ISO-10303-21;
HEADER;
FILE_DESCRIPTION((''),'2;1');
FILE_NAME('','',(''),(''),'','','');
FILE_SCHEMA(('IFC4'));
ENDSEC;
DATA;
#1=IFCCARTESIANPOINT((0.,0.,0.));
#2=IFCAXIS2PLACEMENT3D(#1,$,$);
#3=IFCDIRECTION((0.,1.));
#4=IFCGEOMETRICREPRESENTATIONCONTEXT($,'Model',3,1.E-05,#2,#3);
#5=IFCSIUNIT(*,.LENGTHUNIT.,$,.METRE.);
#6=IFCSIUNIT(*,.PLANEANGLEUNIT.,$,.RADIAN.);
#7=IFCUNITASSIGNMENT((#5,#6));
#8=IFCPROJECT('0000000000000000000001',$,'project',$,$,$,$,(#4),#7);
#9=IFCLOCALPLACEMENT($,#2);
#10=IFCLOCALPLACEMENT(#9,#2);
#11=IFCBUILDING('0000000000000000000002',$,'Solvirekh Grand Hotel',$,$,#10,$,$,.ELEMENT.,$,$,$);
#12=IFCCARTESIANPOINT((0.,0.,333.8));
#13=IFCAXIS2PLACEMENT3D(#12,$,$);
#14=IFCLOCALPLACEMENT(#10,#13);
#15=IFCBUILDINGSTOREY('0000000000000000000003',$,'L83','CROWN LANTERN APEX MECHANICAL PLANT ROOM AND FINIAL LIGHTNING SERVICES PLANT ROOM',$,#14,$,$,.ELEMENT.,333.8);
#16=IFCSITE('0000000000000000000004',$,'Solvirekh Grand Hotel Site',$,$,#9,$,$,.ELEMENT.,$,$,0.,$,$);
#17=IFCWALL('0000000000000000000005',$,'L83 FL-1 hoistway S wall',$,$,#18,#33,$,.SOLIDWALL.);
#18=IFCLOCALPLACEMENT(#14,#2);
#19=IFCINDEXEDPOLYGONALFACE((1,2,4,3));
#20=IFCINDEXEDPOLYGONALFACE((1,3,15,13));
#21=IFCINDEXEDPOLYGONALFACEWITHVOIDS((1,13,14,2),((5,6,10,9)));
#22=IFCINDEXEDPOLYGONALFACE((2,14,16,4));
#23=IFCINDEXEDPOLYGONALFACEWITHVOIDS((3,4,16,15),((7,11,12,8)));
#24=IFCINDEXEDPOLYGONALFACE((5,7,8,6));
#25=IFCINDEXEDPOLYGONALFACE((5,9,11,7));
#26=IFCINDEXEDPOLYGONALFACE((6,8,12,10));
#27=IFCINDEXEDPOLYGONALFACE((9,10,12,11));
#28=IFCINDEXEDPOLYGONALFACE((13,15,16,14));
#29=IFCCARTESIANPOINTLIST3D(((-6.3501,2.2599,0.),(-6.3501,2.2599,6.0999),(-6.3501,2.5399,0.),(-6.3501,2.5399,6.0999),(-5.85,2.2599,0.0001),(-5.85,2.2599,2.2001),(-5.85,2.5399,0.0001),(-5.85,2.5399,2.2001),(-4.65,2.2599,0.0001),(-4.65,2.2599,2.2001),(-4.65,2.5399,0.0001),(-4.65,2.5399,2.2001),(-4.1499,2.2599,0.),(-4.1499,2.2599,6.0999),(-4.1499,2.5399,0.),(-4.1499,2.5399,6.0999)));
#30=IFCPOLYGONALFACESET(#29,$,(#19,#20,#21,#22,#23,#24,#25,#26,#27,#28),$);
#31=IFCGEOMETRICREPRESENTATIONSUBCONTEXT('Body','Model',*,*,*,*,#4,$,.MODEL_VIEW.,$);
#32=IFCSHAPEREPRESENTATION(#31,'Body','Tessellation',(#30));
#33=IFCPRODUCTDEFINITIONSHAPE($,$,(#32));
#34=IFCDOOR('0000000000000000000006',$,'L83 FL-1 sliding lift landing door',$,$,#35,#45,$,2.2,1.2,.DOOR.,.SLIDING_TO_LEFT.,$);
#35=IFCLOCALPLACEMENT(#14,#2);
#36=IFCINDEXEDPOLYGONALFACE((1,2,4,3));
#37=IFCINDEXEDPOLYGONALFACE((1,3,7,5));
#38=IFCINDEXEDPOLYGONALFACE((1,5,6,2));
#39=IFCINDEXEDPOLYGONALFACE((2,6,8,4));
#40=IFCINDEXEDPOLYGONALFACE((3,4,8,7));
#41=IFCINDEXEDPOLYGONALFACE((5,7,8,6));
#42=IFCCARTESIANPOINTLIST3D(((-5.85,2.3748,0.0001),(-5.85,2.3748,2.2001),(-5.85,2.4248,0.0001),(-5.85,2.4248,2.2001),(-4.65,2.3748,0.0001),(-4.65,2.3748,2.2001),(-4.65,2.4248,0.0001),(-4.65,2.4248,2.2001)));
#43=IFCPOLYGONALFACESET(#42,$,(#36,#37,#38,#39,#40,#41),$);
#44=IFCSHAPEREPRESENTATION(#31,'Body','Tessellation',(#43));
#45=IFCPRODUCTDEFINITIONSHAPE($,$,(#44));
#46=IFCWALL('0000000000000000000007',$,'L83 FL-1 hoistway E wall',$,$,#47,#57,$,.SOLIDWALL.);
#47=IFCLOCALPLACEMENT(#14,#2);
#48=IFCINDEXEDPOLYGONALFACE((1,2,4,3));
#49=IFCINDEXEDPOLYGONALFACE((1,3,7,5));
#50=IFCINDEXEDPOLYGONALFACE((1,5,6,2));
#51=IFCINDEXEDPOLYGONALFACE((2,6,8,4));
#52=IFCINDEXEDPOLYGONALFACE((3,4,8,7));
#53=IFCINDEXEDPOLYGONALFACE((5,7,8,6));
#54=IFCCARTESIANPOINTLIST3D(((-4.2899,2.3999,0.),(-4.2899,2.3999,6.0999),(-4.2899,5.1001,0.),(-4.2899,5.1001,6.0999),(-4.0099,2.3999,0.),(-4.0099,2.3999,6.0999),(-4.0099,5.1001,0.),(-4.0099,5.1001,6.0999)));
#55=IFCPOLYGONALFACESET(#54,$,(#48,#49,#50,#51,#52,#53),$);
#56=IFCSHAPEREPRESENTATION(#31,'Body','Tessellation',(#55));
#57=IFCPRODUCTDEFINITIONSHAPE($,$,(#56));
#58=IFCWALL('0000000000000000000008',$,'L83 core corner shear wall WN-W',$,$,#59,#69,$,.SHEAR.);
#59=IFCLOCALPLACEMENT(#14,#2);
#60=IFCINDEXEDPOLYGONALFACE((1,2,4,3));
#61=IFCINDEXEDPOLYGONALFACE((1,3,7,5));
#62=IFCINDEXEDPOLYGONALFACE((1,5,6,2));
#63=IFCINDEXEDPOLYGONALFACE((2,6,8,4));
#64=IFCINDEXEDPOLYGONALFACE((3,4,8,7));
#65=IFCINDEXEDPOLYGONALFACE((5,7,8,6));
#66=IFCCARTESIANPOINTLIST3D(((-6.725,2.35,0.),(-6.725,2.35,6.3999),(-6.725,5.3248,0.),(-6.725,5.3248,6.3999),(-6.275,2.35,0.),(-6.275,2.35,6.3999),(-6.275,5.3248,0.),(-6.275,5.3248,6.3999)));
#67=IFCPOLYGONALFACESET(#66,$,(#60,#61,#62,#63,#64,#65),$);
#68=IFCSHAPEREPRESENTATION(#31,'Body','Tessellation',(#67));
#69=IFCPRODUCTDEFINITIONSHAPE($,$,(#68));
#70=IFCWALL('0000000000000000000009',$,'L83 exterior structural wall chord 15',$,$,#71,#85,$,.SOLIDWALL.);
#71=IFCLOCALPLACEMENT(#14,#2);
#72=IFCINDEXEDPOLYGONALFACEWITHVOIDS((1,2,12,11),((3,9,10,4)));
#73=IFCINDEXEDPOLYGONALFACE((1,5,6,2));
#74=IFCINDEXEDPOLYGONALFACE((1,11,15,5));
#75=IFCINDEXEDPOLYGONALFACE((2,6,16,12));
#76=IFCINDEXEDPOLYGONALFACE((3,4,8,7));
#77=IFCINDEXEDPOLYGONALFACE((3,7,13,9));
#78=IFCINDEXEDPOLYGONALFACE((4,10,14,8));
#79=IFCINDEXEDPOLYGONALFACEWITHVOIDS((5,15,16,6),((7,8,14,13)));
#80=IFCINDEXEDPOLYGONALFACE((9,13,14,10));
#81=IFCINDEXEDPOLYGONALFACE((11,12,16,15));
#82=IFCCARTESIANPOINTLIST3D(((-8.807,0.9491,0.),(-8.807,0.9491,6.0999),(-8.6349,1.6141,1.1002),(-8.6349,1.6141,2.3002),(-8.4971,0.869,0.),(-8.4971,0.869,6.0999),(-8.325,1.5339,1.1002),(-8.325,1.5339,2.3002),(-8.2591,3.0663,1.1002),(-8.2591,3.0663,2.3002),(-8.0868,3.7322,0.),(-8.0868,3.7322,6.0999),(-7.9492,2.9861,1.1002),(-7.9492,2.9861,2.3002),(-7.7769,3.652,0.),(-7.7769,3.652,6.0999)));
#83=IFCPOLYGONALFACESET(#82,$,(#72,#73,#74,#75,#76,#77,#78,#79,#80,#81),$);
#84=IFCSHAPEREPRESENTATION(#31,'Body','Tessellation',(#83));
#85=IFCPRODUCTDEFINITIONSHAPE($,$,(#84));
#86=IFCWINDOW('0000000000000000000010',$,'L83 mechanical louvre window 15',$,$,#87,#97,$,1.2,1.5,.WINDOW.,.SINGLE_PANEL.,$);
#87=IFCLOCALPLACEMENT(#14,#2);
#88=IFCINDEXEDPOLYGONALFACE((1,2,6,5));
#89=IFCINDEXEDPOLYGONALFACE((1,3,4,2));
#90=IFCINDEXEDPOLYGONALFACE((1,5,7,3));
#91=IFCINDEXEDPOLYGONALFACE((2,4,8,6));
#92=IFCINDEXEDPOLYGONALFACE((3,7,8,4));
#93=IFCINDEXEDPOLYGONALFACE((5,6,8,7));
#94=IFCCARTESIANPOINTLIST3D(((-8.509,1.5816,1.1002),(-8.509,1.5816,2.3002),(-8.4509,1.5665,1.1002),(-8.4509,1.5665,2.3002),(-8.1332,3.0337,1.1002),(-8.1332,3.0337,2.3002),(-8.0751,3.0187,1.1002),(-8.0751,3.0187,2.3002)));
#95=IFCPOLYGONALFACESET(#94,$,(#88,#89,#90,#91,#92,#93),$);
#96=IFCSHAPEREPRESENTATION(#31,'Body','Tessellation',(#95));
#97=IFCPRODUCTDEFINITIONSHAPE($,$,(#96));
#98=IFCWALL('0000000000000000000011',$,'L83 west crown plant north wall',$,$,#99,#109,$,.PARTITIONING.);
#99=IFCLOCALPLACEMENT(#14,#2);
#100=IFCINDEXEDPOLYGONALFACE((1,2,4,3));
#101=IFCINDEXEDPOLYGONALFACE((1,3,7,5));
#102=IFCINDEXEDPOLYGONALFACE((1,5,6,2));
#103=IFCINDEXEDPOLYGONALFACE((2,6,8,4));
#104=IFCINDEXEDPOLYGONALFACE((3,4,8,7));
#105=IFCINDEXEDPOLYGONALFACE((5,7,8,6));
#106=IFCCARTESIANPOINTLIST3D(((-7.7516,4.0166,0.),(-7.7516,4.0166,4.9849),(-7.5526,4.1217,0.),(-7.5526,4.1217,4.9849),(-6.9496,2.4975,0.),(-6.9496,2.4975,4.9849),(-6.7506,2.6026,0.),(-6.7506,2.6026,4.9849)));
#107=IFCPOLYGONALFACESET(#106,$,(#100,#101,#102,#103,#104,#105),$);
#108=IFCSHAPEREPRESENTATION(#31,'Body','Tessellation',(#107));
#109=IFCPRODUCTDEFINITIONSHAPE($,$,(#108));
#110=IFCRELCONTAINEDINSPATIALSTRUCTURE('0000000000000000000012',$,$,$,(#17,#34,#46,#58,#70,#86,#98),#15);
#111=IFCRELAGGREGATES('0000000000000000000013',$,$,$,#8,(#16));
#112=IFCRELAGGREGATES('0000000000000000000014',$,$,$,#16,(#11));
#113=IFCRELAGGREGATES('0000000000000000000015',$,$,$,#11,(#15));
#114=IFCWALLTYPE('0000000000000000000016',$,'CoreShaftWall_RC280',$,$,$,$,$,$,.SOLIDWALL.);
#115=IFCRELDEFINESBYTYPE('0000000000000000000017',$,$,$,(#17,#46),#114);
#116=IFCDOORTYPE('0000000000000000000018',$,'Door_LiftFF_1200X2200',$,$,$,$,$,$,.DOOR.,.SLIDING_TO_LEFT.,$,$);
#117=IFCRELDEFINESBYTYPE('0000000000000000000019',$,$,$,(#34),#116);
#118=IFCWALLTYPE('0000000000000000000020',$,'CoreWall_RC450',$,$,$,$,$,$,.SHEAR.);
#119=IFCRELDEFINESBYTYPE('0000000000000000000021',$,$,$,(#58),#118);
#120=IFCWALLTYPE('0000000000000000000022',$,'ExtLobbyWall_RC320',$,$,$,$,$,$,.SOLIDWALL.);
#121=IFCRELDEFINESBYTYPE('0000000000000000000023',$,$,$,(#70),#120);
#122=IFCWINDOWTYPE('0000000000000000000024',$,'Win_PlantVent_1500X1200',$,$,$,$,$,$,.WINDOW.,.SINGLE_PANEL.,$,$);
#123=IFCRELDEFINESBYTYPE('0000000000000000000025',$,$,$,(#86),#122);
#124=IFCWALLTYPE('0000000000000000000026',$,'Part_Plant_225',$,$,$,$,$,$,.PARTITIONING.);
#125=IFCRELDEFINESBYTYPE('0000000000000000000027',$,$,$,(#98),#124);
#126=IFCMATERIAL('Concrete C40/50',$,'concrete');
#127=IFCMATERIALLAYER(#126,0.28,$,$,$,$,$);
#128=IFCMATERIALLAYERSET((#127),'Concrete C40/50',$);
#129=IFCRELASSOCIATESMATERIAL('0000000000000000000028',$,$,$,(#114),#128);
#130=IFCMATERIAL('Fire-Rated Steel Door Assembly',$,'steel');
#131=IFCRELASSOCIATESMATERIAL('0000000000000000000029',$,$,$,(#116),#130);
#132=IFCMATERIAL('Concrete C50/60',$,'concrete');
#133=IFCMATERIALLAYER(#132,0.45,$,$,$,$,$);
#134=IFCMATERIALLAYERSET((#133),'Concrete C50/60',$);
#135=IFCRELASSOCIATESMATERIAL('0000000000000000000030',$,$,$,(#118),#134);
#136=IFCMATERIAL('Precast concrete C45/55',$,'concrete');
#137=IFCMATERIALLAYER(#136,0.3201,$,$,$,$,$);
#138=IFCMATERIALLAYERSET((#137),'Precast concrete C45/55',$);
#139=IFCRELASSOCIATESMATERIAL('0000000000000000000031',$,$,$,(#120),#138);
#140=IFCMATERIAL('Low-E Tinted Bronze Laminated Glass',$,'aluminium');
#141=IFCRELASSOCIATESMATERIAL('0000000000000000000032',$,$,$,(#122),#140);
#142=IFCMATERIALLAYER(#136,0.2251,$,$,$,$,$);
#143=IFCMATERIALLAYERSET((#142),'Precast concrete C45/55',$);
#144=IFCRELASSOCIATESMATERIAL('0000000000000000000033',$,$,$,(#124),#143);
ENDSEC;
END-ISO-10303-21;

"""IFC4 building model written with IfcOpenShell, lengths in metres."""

from ifc_helpers import new_model, si_unit, direction, frame, frame_2d, origin, place, context, subcontext, project, spatial, rectangle, extrude, material, layer, layer_set, type_object, element, fill, save


model = new_model("IFC4")

# Units and contexts
model_context = context("Model", 3, precision=1e-05, world=origin(), true_north=direction((0.0, 1.0)))
body_context = subcontext(model_context, "Body", "Model", "MODEL_VIEW")
ifc_project = project(units=[si_unit("LENGTHUNIT", "METRE"), si_unit("PLANEANGLEUNIT", "RADIAN")], contexts=[model_context])

# Site, building, storey
site_placement = place(None, origin())
site = spatial("IfcSite", under=ifc_project, at=site_placement, Name="Solvirekh Grand Hotel Site", CompositionType="ELEMENT", RefElevation=0.0)
building_placement = place(site_placement, origin())
building = spatial("IfcBuilding", under=site, at=building_placement, Name="Solvirekh Grand Hotel", CompositionType="ELEMENT")
storey_placement = place(building_placement, frame((0.0, 0.0, 333.8)))
storey = spatial("IfcBuildingStorey", under=building, at=storey_placement, Name="L83", Description="CROWN LANTERN APEX MECHANICAL PLANT ROOM AND FINIAL LIGHTNING SERVICES PLANT ROOM", CompositionType="ELEMENT", Elevation=333.8)

# Shared definitions
ifc_material_1 = material(Name="Concrete C50/60", Category="concrete")

# Wall, opening, door
ifc_material_2 = material(Name="Concrete C40/50", Category="concrete")
ifc_layer_1 = layer(ifc_material_2, 0.28)
ifc_layer_set_1 = layer_set([ifc_layer_1], Name="Concrete C40/50")
wall_type_1 = type_object("IfcWallType", Name="CoreShaftWall_RC280", PredefinedType="SOLIDWALL", material=ifc_layer_set_1)
wall_1_placement = place(storey_placement, frame((-6.3501, 2.3999, 0.0), z_axis=(0.0, 0.0, 1.0), x_axis=(1.0, 0.0, 0.0)))
wall_1 = element("IfcWall", 1, at=wall_1_placement, inside=storey, type_object=wall_type_1, Name="L83 FL-1 hoistway S wall", PredefinedType="SOLIDWALL", context=body_context, shape_type="SweptSolid", body=[
    extrude(rectangle(XDim=2.2002, YDim=0.28, at=frame_2d((1.1001, 0.0))), origin(), (0.0, 0.0, 1.0), 6.0999),
])
opening_1_placement = place(wall_1_placement, frame((0.5, 0.0, 0.0)))
opening_1 = element("IfcOpeningElement", 2, at=opening_1_placement, cuts=wall_1, PredefinedType="OPENING", context=body_context, shape_type="SweptSolid", body=[
    extrude(rectangle(XDim=1.2, YDim=2.2, at=frame_2d((0.6001, 1.1001))), frame((0.0, 0.1499, 0.0), z_axis=(0.0, -1.0, 0.0), x_axis=(1.0, 0.0, 0.0)), (0.0, 0.0, 1.0), 0.3),
])
ifc_material_3 = material(Name="Fire-Rated Steel Door Assembly", Category="steel")
door_type = type_object("IfcDoorType", Name="Door_LiftFF_1200X2200", OperationType="SLIDING_TO_LEFT", PredefinedType="DOOR", material=ifc_material_3)
door_placement = place(opening_1_placement, origin())
door = element("IfcDoor", 3, at=door_placement, inside=storey, type_object=door_type, Name="L83 FL-1 sliding lift landing door", OperationType="SLIDING_TO_LEFT", OverallHeight=2.2, OverallWidth=1.2, PredefinedType="DOOR", context=body_context, shape_type="SweptSolid", body=[
    extrude(rectangle(XDim=1.2, YDim=2.2, at=frame_2d((0.6001, 1.1001))), frame((0.0, 0.0249, 0.0), z_axis=(0.0, -1.0, 0.0), x_axis=(1.0, 0.0, 0.0)), (0.0, 0.0, 1.0), 0.05),
])
fill(opening_1, door)

# Walls
wall_2_placement = place(storey_placement, frame((-4.1499, 2.3999, 0.0), z_axis=(0.0, 0.0, 1.0), x_axis=(0.0, 1.0, 0.0)))
element("IfcWall", 4, at=wall_2_placement, inside=storey, type_object=wall_type_1, Name="L83 FL-1 hoistway E wall", PredefinedType="SOLIDWALL", context=body_context, shape_type="SweptSolid", body=[
    extrude(rectangle(XDim=2.7002, YDim=0.28, at=frame_2d((1.3501, 0.0))), origin(), (0.0, 0.0, 1.0), 6.0999),
])
ifc_layer_2 = layer(ifc_material_1, 0.45)
ifc_layer_set_2 = layer_set([ifc_layer_2], Name="Concrete C50/60")
wall_type_2 = type_object("IfcWallType", Name="CoreWall_RC450", PredefinedType="SHEAR", material=ifc_layer_set_2)
wall_3_placement = place(storey_placement, frame((-6.5, 2.3501, 0.0), z_axis=(0.0, 0.0, 1.0), x_axis=(0.0, 1.0, 0.0)))
element("IfcWall", 5, at=wall_3_placement, inside=storey, type_object=wall_type_2, Name="L83 core corner shear wall WN-W", PredefinedType="SHEAR", context=body_context, shape_type="SweptSolid", body=[
    extrude(rectangle(XDim=2.9749, YDim=0.45, at=frame_2d((1.4873, 0.0))), origin(), (0.0, 0.0, 1.0), 6.3999),
])

# Wall, opening, window
ifc_material_4 = material(Name="Precast concrete C45/55", Category="concrete")
ifc_layer_3 = layer(ifc_material_4, 0.3201)
ifc_layer_set_3 = layer_set([ifc_layer_3], Name="Precast concrete C45/55")
wall_type_3 = type_object("IfcWallType", Name="ExtLobbyWall_RC320", PredefinedType="SOLIDWALL", material=ifc_layer_set_3)
wall_4_placement = place(storey_placement, frame((-8.6521, 0.9089, 0.0), z_axis=(0.0, 0.0, 1.0), x_axis=(0.250541, 0.968106, 0.0)))
wall_4 = element("IfcWall", 6, at=wall_4_placement, inside=storey, type_object=wall_type_3, Name="L83 exterior structural wall chord 15", PredefinedType="SOLIDWALL", context=body_context, shape_type="SweptSolid", body=[
    extrude(rectangle(XDim=2.8748, YDim=0.3201, at=frame_2d((1.4375, 0.0))), origin(), (0.0, 0.0, 1.0), 6.0999),
])
opening_2_placement = place(wall_4_placement, frame((0.687, 0.0, 1.1001)))
opening_2 = element("IfcOpeningElement", 7, at=opening_2_placement, cuts=wall_4, PredefinedType="OPENING", context=body_context, shape_type="SweptSolid", body=[
    extrude(rectangle(XDim=1.5, YDim=1.2, at=frame_2d((0.75, 0.6001))), frame((0.0, 0.1699, 0.0), z_axis=(0.0, -1.0, 0.0), x_axis=(1.0, 0.0, 0.0)), (0.0, 0.0, 1.0), 0.3401),
])
ifc_material_5 = material(Name="Low-E Tinted Bronze Laminated Glass", Category="aluminium")
window_type = type_object("IfcWindowType", Name="Win_PlantVent_1500X1200", PartitioningType="SINGLE_PANEL", PredefinedType="WINDOW", material=ifc_material_5)
window_placement = place(opening_2_placement, origin())
window = element("IfcWindow", 8, at=window_placement, inside=storey, type_object=window_type, Name="L83 mechanical louvre window 15", OverallHeight=1.2, OverallWidth=1.5, PartitioningType="SINGLE_PANEL", PredefinedType="WINDOW", context=body_context, shape_type="SweptSolid", body=[
    extrude(rectangle(XDim=1.5, YDim=1.2, at=frame_2d((0.75, 0.6001))), frame((0.0, 0.03, 0.0), z_axis=(0.0, -1.0, 0.0), x_axis=(1.0, 0.0, 0.0)), (0.0, 0.0, 1.0), 0.0601),
])
fill(opening_2, window)

# Wall
ifc_layer_4 = layer(ifc_material_4, 0.2251)
ifc_layer_set_4 = layer_set([ifc_layer_4], Name="Precast concrete C45/55")
wall_type_4 = type_object("IfcWallType", Name="Part_Plant_225", PredefinedType="PARTITIONING", material=ifc_layer_set_4)
wall_5_placement = place(storey_placement, frame((-6.8501, 2.55, 0.0), z_axis=(0.0, 0.0, 1.0), x_axis=(-0.466888, 0.884316, 0.0)))
element("IfcWall", 9, at=wall_5_placement, inside=storey, type_object=wall_type_4, Name="L83 west crown plant north wall", PredefinedType="PARTITIONING", context=body_context, shape_type="SweptSolid", body=[
    extrude(rectangle(XDim=1.7178, YDim=0.2251, at=frame_2d((0.8589, 0.0))), origin(), (0.0, 0.0, 1.0), 4.9849),
])

save(model, "model.ifc")
